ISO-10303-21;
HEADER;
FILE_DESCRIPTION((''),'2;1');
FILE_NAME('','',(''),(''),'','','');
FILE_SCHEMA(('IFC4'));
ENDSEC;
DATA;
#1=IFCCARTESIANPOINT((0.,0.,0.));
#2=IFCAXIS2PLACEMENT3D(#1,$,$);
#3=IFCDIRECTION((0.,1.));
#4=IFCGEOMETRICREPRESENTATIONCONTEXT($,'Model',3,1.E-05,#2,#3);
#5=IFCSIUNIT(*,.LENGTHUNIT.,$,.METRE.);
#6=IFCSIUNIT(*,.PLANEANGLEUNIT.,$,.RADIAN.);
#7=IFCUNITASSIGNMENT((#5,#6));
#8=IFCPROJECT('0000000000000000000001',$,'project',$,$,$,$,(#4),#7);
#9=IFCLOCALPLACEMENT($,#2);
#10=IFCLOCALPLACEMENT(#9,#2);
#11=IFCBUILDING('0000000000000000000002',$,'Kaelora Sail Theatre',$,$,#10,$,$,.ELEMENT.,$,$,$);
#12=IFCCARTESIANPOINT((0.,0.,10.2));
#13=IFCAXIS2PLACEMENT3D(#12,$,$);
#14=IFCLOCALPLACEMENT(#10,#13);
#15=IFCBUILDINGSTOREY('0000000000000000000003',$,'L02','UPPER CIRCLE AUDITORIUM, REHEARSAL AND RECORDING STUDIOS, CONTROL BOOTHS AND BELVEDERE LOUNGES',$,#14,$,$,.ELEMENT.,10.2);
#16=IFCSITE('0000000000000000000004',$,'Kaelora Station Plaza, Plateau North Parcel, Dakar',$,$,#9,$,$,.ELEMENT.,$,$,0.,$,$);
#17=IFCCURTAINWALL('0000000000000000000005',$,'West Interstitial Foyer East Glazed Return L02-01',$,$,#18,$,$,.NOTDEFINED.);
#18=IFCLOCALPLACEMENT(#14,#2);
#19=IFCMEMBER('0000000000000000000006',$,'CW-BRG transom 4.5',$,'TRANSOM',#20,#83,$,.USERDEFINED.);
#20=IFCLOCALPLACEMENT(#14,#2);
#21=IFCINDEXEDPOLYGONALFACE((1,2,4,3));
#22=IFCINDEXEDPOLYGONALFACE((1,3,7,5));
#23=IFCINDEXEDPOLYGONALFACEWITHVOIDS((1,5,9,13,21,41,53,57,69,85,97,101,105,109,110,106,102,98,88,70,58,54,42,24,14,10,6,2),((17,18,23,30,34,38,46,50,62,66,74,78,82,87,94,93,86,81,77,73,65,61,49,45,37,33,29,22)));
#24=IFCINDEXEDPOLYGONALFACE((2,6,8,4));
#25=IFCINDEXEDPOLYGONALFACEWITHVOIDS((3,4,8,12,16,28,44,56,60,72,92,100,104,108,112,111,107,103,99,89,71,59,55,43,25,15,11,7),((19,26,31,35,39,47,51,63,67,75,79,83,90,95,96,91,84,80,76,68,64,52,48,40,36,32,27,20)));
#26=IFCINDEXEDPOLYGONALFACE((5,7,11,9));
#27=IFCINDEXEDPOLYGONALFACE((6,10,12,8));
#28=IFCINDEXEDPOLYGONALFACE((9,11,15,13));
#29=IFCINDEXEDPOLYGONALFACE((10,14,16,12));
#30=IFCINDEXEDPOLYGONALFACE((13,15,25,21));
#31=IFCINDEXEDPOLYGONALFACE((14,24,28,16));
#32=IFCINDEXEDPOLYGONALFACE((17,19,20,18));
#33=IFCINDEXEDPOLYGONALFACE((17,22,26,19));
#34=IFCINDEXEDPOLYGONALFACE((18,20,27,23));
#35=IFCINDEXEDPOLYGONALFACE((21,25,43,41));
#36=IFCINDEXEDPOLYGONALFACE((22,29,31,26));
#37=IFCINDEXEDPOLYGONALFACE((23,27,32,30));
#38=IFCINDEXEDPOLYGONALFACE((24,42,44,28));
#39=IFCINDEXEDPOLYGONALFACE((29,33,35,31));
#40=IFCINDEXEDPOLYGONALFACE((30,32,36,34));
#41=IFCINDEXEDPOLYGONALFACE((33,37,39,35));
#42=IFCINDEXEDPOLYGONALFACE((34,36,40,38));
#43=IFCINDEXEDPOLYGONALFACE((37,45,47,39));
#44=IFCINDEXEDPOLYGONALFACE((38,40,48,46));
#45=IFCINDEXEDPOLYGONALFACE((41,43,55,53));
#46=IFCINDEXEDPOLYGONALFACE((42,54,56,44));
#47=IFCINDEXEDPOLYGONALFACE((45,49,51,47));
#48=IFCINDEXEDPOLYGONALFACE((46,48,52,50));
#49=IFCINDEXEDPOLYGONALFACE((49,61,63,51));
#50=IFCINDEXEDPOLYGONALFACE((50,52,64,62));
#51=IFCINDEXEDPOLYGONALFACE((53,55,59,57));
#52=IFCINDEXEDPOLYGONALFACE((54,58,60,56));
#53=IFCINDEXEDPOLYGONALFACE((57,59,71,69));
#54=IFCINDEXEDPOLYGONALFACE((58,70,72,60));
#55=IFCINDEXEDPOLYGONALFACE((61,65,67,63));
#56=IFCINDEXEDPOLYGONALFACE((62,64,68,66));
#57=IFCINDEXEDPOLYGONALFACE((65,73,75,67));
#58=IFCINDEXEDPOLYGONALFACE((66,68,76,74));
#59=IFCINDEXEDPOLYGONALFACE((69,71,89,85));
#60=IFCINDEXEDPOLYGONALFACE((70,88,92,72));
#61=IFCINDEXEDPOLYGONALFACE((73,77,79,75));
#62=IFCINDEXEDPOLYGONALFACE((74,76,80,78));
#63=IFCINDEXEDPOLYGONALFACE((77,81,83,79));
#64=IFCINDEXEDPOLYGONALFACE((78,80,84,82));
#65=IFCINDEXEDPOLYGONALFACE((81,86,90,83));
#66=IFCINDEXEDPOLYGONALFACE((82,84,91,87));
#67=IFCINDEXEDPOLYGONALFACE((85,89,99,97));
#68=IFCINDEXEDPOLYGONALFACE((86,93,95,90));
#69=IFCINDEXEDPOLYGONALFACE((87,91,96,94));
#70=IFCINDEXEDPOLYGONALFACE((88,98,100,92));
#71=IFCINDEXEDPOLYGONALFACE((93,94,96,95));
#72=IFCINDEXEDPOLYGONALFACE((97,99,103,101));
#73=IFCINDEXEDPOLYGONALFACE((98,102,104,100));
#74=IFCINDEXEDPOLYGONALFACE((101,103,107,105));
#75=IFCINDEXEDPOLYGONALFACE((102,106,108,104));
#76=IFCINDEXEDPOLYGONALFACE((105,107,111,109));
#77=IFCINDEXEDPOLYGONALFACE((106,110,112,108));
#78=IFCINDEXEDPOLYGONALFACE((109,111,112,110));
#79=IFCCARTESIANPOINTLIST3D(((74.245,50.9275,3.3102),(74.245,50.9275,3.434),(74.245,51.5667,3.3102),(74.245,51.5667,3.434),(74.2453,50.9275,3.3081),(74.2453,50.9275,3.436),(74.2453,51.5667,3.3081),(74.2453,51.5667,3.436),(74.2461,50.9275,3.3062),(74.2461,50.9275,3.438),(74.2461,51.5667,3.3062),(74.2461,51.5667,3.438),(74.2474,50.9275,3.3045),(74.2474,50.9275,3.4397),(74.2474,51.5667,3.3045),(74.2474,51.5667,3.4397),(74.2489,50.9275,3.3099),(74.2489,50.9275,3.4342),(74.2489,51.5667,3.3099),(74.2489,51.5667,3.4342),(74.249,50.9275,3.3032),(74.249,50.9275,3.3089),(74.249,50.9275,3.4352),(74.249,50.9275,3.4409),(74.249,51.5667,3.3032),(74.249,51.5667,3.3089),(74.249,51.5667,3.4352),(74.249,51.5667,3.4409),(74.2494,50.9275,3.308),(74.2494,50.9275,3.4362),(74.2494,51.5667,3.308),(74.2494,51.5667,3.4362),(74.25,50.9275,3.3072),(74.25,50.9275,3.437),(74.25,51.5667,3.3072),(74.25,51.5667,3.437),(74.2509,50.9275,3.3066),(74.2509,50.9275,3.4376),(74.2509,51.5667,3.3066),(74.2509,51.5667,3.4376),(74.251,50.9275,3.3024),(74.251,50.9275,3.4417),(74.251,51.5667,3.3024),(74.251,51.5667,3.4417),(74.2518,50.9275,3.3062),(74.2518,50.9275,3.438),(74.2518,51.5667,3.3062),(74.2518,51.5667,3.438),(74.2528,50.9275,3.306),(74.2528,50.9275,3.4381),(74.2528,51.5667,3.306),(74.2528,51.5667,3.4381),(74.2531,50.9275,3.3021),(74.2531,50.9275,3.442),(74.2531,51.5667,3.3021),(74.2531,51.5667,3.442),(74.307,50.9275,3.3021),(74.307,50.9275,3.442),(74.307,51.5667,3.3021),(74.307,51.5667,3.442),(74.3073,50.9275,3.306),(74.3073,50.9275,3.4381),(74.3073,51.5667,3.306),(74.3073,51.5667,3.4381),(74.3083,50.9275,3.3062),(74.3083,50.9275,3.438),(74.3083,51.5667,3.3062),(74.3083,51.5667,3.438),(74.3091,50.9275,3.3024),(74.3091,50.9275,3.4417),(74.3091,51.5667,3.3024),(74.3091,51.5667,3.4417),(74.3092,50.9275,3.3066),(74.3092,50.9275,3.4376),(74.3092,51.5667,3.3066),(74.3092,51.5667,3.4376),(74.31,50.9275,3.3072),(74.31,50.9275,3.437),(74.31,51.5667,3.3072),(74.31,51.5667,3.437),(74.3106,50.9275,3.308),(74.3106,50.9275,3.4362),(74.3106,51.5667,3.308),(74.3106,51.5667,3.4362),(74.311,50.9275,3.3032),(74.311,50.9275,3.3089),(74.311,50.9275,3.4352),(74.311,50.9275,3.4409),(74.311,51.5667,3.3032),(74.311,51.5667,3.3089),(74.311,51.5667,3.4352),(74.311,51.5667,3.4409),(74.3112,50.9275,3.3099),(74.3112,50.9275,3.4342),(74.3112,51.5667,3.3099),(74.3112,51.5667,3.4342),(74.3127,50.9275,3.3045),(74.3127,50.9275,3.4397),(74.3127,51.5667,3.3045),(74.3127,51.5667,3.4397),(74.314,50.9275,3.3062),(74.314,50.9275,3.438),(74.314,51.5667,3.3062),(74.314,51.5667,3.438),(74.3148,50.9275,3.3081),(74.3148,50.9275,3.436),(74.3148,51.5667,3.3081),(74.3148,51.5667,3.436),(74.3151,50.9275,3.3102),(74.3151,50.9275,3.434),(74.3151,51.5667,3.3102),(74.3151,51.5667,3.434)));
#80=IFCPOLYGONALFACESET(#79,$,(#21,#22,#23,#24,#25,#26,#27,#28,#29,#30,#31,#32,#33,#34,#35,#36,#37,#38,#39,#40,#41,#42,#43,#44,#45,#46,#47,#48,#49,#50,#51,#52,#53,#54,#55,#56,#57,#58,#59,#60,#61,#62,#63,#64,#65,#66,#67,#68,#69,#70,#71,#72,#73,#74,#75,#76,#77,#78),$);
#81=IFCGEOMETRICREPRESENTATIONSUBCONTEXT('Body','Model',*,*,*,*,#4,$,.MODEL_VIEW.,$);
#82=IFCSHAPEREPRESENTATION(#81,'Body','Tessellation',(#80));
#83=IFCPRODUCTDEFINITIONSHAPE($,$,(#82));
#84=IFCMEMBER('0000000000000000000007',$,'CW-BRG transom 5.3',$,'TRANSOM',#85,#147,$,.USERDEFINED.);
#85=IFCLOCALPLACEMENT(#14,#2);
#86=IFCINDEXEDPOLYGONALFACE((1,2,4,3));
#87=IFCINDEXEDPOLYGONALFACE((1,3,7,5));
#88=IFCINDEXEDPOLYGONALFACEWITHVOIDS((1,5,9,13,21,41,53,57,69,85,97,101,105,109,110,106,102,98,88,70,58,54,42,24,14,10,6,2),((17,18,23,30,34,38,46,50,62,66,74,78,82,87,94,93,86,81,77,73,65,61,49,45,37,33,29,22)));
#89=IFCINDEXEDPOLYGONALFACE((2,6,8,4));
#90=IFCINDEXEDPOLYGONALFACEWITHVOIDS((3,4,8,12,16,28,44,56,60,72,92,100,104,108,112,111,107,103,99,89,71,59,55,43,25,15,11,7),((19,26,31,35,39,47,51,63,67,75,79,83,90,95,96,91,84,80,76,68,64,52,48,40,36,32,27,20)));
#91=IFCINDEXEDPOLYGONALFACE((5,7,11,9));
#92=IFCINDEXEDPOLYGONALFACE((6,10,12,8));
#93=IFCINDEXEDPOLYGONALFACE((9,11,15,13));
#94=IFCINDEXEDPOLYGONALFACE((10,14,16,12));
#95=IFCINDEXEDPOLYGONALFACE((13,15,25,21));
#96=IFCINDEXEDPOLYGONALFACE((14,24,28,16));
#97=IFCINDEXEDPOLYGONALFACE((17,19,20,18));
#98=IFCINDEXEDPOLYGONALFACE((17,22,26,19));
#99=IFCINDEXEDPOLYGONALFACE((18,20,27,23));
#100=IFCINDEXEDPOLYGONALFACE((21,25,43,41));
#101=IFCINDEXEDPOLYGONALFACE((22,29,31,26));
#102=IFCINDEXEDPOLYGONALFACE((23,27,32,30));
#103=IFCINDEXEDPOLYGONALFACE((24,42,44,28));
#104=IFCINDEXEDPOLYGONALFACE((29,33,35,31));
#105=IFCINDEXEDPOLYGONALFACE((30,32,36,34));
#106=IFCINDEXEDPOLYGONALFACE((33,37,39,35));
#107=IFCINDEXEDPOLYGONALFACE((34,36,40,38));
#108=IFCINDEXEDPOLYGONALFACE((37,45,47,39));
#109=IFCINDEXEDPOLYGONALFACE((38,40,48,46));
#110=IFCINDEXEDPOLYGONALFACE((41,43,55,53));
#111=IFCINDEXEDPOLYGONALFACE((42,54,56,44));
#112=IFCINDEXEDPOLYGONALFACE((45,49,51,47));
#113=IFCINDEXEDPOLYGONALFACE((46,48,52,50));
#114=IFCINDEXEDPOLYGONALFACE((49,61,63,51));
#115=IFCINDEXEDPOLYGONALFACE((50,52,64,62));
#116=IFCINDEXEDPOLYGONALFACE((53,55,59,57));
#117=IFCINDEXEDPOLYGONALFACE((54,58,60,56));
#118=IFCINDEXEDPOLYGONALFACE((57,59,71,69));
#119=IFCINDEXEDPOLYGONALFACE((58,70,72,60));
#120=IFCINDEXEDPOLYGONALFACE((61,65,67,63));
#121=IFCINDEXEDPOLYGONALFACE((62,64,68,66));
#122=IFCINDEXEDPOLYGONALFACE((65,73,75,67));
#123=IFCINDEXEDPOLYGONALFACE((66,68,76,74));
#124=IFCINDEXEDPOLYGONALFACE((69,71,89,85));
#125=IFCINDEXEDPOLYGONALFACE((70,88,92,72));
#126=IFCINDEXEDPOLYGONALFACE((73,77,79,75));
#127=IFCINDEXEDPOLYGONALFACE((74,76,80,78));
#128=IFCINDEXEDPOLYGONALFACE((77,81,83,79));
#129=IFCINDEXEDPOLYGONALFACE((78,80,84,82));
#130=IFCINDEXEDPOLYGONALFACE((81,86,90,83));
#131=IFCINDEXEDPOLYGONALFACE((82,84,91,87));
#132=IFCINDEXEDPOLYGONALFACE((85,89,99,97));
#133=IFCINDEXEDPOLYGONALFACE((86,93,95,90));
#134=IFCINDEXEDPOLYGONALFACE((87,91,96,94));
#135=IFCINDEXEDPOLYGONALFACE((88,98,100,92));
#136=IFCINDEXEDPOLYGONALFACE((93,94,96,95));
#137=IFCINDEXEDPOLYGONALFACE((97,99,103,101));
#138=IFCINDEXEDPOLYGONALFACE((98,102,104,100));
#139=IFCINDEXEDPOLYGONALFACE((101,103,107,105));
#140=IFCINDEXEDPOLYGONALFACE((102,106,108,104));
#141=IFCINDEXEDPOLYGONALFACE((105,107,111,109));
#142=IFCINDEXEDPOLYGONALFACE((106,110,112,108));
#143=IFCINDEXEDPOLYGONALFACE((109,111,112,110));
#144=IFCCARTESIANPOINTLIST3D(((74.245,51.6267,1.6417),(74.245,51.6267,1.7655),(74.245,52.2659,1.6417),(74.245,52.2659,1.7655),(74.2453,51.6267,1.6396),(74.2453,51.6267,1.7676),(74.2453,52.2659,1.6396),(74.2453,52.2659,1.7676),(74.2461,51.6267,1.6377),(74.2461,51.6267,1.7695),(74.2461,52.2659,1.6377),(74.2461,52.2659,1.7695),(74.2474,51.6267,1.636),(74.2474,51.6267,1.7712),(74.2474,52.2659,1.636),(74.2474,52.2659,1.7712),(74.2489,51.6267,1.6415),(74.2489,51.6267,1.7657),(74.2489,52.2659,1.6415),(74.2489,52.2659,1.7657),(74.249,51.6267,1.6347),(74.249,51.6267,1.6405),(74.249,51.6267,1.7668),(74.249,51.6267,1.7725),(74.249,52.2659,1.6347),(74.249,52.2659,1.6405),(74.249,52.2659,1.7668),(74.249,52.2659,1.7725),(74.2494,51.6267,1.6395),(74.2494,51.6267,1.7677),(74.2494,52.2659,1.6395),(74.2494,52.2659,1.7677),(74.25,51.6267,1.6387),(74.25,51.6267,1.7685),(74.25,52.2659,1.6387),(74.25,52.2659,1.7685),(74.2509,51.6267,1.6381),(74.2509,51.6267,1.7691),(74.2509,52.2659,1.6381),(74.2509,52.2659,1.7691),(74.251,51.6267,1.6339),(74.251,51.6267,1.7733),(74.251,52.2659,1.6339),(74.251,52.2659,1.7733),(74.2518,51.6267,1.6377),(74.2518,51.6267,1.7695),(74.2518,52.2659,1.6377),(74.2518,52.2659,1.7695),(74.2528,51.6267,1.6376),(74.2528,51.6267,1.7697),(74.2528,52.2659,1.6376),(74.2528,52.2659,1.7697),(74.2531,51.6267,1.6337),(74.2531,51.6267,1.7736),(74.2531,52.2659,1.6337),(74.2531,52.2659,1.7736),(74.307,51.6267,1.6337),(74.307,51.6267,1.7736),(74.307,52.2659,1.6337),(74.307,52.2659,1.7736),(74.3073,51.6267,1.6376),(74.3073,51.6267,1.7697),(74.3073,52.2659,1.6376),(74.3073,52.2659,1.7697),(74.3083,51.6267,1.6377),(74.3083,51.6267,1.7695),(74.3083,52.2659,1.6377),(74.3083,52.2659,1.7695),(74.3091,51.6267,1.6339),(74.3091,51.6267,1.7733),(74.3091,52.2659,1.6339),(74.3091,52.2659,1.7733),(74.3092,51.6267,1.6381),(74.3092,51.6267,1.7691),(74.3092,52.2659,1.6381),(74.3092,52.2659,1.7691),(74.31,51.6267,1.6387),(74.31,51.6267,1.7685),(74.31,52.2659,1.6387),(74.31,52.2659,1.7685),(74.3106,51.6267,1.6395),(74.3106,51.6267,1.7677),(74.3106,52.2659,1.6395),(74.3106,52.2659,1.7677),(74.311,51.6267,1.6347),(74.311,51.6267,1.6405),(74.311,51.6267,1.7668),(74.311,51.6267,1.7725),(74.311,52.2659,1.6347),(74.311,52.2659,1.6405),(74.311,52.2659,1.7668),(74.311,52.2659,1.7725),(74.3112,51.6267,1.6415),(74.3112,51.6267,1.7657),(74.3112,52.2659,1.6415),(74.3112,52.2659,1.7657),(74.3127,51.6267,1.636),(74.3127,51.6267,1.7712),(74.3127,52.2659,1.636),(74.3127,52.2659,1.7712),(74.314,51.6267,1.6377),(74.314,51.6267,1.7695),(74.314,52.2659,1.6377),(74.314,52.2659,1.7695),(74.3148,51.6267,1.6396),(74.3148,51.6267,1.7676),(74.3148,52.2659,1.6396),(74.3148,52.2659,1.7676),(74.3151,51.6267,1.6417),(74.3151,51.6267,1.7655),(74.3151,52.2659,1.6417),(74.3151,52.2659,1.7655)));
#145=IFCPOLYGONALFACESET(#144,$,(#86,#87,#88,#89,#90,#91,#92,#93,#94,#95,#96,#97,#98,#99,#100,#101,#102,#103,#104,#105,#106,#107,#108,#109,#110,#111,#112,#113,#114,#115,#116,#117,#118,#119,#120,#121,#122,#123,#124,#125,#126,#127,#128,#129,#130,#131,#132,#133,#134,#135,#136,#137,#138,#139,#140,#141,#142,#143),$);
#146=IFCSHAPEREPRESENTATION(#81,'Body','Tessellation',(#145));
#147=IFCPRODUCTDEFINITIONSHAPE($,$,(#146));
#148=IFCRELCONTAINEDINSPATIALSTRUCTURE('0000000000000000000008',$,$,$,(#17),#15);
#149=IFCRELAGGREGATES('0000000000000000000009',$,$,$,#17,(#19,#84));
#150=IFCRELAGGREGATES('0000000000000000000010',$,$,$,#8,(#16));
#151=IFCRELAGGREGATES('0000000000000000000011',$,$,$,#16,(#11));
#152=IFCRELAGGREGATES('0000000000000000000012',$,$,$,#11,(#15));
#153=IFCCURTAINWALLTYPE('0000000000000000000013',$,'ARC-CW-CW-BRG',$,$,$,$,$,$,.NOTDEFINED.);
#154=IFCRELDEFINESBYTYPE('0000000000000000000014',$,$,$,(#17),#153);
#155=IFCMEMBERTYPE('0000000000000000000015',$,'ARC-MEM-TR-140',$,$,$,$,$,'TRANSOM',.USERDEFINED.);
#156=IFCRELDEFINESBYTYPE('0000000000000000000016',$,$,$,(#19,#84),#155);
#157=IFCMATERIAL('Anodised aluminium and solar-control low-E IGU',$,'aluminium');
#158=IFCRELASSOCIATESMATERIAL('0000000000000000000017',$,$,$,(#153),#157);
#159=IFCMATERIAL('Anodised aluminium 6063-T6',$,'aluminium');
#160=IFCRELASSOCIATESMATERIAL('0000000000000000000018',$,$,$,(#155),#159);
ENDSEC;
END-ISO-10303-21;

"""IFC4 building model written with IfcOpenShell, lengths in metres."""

from ifc_helpers import new_model, si_unit, direction, frame, origin, origin_2d, place, context, subcontext, project, spatial, hollow_rectangle, extrude, material, material_profile, profile_set, type_object, element, aggregate, save


model = new_model("IFC4")

# Units and contexts
model_context = context("Model", 3, precision=1e-05, world=origin(), true_north=direction((0.0, 1.0)))
body_context = subcontext(model_context, "Body", "Model", "MODEL_VIEW")
ifc_project = project(units=[si_unit("LENGTHUNIT", "METRE"), si_unit("PLANEANGLEUNIT", "RADIAN")], contexts=[model_context])

# Site, building, storey
site_placement = place(None, origin())
site = spatial("IfcSite", under=ifc_project, at=site_placement, Name="Kaelora Station Plaza, Plateau North Parcel, Dakar", CompositionType="ELEMENT", RefElevation=0.0)
building_placement = place(site_placement, origin())
building = spatial("IfcBuilding", under=site, at=building_placement, Name="Kaelora Sail Theatre", CompositionType="ELEMENT")
storey_placement = place(building_placement, frame((0.0, 0.0, 10.2)))
storey = spatial("IfcBuildingStorey", under=building, at=storey_placement, Name="L02", Description="UPPER CIRCLE AUDITORIUM, REHEARSAL AND RECORDING STUDIOS, CONTROL BOOTHS AND BELVEDERE LOUNGES", CompositionType="ELEMENT", Elevation=10.2)

# Curtain wall, members
ifc_material_1 = material(Name="Anodised aluminium and solar-control low-E IGU", Category="aluminium")
curtain_wall_type = type_object("IfcCurtainWallType", Name="ARC-CW-CW-BRG", PredefinedType="NOTDEFINED", material=ifc_material_1)
curtain_wall_1_placement = place(storey_placement, origin())
curtain_wall_1 = element("IfcCurtainWall", 1, at=curtain_wall_1_placement, inside=storey, type_object=curtain_wall_type, Name="West Interstitial Foyer East Glazed Return L02-01", PredefinedType="NOTDEFINED")
ifc_material_2 = material(Name="Anodised aluminium 6063-T6", Category="aluminium")
ifc_material_profile_1 = material_profile(ifc_material_2, hollow_rectangle(XDim=0.0701, YDim=0.1399, WallThickness=0.0039, InnerFilletRadius=0.0039, OuterFilletRadius=0.0081, at=origin_2d()), Name="ALU-TRAN 70x140x4")
ifc_profile_set_1 = profile_set([ifc_material_profile_1], Name="Anodised aluminium 6063-T6")
member_type_1 = type_object("IfcMemberType", Name="ARC-MEM-TR-140", ElementType="TRANSOM", PredefinedType="USERDEFINED", material=ifc_profile_set_1)
member_1_placement = place(storey_placement, frame((74.28, 50.9275, 3.3721), z_axis=(0.0, 1.0, 0.0), x_axis=(-1.0, 0.0, 0.0)))
member_1 = element("IfcMember", 2, at=member_1_placement, type_object=member_type_1, Name="CW-BRG transom 4.5", ObjectType="TRANSOM", PredefinedType="USERDEFINED", context=body_context, shape_type="SweptSolid", body=[
    extrude(hollow_rectangle(XDim=0.0701, YDim=0.1399, WallThickness=0.0039, InnerFilletRadius=0.0039, OuterFilletRadius=0.0081, at=origin_2d()), origin(), (0.0, 0.0, 1.0), 0.6392),
])
member_2_placement = place(storey_placement, frame((74.28, 51.6267, 1.7036), z_axis=(0.0, 1.0, 0.0), x_axis=(-1.0, 0.0, 0.0)))
member_2 = element("IfcMember", 3, at=member_2_placement, type_object=member_type_1, Name="CW-BRG transom 5.3", ObjectType="TRANSOM", PredefinedType="USERDEFINED", context=body_context, shape_type="SweptSolid", body=[
    extrude(hollow_rectangle(XDim=0.0701, YDim=0.1399, WallThickness=0.0039, InnerFilletRadius=0.0039, OuterFilletRadius=0.0081, at=origin_2d()), origin(), (0.0, 0.0, 1.0), 0.6392),
])

aggregate(curtain_wall_1, [member_1, member_2])

save(model, "model.ifc")
